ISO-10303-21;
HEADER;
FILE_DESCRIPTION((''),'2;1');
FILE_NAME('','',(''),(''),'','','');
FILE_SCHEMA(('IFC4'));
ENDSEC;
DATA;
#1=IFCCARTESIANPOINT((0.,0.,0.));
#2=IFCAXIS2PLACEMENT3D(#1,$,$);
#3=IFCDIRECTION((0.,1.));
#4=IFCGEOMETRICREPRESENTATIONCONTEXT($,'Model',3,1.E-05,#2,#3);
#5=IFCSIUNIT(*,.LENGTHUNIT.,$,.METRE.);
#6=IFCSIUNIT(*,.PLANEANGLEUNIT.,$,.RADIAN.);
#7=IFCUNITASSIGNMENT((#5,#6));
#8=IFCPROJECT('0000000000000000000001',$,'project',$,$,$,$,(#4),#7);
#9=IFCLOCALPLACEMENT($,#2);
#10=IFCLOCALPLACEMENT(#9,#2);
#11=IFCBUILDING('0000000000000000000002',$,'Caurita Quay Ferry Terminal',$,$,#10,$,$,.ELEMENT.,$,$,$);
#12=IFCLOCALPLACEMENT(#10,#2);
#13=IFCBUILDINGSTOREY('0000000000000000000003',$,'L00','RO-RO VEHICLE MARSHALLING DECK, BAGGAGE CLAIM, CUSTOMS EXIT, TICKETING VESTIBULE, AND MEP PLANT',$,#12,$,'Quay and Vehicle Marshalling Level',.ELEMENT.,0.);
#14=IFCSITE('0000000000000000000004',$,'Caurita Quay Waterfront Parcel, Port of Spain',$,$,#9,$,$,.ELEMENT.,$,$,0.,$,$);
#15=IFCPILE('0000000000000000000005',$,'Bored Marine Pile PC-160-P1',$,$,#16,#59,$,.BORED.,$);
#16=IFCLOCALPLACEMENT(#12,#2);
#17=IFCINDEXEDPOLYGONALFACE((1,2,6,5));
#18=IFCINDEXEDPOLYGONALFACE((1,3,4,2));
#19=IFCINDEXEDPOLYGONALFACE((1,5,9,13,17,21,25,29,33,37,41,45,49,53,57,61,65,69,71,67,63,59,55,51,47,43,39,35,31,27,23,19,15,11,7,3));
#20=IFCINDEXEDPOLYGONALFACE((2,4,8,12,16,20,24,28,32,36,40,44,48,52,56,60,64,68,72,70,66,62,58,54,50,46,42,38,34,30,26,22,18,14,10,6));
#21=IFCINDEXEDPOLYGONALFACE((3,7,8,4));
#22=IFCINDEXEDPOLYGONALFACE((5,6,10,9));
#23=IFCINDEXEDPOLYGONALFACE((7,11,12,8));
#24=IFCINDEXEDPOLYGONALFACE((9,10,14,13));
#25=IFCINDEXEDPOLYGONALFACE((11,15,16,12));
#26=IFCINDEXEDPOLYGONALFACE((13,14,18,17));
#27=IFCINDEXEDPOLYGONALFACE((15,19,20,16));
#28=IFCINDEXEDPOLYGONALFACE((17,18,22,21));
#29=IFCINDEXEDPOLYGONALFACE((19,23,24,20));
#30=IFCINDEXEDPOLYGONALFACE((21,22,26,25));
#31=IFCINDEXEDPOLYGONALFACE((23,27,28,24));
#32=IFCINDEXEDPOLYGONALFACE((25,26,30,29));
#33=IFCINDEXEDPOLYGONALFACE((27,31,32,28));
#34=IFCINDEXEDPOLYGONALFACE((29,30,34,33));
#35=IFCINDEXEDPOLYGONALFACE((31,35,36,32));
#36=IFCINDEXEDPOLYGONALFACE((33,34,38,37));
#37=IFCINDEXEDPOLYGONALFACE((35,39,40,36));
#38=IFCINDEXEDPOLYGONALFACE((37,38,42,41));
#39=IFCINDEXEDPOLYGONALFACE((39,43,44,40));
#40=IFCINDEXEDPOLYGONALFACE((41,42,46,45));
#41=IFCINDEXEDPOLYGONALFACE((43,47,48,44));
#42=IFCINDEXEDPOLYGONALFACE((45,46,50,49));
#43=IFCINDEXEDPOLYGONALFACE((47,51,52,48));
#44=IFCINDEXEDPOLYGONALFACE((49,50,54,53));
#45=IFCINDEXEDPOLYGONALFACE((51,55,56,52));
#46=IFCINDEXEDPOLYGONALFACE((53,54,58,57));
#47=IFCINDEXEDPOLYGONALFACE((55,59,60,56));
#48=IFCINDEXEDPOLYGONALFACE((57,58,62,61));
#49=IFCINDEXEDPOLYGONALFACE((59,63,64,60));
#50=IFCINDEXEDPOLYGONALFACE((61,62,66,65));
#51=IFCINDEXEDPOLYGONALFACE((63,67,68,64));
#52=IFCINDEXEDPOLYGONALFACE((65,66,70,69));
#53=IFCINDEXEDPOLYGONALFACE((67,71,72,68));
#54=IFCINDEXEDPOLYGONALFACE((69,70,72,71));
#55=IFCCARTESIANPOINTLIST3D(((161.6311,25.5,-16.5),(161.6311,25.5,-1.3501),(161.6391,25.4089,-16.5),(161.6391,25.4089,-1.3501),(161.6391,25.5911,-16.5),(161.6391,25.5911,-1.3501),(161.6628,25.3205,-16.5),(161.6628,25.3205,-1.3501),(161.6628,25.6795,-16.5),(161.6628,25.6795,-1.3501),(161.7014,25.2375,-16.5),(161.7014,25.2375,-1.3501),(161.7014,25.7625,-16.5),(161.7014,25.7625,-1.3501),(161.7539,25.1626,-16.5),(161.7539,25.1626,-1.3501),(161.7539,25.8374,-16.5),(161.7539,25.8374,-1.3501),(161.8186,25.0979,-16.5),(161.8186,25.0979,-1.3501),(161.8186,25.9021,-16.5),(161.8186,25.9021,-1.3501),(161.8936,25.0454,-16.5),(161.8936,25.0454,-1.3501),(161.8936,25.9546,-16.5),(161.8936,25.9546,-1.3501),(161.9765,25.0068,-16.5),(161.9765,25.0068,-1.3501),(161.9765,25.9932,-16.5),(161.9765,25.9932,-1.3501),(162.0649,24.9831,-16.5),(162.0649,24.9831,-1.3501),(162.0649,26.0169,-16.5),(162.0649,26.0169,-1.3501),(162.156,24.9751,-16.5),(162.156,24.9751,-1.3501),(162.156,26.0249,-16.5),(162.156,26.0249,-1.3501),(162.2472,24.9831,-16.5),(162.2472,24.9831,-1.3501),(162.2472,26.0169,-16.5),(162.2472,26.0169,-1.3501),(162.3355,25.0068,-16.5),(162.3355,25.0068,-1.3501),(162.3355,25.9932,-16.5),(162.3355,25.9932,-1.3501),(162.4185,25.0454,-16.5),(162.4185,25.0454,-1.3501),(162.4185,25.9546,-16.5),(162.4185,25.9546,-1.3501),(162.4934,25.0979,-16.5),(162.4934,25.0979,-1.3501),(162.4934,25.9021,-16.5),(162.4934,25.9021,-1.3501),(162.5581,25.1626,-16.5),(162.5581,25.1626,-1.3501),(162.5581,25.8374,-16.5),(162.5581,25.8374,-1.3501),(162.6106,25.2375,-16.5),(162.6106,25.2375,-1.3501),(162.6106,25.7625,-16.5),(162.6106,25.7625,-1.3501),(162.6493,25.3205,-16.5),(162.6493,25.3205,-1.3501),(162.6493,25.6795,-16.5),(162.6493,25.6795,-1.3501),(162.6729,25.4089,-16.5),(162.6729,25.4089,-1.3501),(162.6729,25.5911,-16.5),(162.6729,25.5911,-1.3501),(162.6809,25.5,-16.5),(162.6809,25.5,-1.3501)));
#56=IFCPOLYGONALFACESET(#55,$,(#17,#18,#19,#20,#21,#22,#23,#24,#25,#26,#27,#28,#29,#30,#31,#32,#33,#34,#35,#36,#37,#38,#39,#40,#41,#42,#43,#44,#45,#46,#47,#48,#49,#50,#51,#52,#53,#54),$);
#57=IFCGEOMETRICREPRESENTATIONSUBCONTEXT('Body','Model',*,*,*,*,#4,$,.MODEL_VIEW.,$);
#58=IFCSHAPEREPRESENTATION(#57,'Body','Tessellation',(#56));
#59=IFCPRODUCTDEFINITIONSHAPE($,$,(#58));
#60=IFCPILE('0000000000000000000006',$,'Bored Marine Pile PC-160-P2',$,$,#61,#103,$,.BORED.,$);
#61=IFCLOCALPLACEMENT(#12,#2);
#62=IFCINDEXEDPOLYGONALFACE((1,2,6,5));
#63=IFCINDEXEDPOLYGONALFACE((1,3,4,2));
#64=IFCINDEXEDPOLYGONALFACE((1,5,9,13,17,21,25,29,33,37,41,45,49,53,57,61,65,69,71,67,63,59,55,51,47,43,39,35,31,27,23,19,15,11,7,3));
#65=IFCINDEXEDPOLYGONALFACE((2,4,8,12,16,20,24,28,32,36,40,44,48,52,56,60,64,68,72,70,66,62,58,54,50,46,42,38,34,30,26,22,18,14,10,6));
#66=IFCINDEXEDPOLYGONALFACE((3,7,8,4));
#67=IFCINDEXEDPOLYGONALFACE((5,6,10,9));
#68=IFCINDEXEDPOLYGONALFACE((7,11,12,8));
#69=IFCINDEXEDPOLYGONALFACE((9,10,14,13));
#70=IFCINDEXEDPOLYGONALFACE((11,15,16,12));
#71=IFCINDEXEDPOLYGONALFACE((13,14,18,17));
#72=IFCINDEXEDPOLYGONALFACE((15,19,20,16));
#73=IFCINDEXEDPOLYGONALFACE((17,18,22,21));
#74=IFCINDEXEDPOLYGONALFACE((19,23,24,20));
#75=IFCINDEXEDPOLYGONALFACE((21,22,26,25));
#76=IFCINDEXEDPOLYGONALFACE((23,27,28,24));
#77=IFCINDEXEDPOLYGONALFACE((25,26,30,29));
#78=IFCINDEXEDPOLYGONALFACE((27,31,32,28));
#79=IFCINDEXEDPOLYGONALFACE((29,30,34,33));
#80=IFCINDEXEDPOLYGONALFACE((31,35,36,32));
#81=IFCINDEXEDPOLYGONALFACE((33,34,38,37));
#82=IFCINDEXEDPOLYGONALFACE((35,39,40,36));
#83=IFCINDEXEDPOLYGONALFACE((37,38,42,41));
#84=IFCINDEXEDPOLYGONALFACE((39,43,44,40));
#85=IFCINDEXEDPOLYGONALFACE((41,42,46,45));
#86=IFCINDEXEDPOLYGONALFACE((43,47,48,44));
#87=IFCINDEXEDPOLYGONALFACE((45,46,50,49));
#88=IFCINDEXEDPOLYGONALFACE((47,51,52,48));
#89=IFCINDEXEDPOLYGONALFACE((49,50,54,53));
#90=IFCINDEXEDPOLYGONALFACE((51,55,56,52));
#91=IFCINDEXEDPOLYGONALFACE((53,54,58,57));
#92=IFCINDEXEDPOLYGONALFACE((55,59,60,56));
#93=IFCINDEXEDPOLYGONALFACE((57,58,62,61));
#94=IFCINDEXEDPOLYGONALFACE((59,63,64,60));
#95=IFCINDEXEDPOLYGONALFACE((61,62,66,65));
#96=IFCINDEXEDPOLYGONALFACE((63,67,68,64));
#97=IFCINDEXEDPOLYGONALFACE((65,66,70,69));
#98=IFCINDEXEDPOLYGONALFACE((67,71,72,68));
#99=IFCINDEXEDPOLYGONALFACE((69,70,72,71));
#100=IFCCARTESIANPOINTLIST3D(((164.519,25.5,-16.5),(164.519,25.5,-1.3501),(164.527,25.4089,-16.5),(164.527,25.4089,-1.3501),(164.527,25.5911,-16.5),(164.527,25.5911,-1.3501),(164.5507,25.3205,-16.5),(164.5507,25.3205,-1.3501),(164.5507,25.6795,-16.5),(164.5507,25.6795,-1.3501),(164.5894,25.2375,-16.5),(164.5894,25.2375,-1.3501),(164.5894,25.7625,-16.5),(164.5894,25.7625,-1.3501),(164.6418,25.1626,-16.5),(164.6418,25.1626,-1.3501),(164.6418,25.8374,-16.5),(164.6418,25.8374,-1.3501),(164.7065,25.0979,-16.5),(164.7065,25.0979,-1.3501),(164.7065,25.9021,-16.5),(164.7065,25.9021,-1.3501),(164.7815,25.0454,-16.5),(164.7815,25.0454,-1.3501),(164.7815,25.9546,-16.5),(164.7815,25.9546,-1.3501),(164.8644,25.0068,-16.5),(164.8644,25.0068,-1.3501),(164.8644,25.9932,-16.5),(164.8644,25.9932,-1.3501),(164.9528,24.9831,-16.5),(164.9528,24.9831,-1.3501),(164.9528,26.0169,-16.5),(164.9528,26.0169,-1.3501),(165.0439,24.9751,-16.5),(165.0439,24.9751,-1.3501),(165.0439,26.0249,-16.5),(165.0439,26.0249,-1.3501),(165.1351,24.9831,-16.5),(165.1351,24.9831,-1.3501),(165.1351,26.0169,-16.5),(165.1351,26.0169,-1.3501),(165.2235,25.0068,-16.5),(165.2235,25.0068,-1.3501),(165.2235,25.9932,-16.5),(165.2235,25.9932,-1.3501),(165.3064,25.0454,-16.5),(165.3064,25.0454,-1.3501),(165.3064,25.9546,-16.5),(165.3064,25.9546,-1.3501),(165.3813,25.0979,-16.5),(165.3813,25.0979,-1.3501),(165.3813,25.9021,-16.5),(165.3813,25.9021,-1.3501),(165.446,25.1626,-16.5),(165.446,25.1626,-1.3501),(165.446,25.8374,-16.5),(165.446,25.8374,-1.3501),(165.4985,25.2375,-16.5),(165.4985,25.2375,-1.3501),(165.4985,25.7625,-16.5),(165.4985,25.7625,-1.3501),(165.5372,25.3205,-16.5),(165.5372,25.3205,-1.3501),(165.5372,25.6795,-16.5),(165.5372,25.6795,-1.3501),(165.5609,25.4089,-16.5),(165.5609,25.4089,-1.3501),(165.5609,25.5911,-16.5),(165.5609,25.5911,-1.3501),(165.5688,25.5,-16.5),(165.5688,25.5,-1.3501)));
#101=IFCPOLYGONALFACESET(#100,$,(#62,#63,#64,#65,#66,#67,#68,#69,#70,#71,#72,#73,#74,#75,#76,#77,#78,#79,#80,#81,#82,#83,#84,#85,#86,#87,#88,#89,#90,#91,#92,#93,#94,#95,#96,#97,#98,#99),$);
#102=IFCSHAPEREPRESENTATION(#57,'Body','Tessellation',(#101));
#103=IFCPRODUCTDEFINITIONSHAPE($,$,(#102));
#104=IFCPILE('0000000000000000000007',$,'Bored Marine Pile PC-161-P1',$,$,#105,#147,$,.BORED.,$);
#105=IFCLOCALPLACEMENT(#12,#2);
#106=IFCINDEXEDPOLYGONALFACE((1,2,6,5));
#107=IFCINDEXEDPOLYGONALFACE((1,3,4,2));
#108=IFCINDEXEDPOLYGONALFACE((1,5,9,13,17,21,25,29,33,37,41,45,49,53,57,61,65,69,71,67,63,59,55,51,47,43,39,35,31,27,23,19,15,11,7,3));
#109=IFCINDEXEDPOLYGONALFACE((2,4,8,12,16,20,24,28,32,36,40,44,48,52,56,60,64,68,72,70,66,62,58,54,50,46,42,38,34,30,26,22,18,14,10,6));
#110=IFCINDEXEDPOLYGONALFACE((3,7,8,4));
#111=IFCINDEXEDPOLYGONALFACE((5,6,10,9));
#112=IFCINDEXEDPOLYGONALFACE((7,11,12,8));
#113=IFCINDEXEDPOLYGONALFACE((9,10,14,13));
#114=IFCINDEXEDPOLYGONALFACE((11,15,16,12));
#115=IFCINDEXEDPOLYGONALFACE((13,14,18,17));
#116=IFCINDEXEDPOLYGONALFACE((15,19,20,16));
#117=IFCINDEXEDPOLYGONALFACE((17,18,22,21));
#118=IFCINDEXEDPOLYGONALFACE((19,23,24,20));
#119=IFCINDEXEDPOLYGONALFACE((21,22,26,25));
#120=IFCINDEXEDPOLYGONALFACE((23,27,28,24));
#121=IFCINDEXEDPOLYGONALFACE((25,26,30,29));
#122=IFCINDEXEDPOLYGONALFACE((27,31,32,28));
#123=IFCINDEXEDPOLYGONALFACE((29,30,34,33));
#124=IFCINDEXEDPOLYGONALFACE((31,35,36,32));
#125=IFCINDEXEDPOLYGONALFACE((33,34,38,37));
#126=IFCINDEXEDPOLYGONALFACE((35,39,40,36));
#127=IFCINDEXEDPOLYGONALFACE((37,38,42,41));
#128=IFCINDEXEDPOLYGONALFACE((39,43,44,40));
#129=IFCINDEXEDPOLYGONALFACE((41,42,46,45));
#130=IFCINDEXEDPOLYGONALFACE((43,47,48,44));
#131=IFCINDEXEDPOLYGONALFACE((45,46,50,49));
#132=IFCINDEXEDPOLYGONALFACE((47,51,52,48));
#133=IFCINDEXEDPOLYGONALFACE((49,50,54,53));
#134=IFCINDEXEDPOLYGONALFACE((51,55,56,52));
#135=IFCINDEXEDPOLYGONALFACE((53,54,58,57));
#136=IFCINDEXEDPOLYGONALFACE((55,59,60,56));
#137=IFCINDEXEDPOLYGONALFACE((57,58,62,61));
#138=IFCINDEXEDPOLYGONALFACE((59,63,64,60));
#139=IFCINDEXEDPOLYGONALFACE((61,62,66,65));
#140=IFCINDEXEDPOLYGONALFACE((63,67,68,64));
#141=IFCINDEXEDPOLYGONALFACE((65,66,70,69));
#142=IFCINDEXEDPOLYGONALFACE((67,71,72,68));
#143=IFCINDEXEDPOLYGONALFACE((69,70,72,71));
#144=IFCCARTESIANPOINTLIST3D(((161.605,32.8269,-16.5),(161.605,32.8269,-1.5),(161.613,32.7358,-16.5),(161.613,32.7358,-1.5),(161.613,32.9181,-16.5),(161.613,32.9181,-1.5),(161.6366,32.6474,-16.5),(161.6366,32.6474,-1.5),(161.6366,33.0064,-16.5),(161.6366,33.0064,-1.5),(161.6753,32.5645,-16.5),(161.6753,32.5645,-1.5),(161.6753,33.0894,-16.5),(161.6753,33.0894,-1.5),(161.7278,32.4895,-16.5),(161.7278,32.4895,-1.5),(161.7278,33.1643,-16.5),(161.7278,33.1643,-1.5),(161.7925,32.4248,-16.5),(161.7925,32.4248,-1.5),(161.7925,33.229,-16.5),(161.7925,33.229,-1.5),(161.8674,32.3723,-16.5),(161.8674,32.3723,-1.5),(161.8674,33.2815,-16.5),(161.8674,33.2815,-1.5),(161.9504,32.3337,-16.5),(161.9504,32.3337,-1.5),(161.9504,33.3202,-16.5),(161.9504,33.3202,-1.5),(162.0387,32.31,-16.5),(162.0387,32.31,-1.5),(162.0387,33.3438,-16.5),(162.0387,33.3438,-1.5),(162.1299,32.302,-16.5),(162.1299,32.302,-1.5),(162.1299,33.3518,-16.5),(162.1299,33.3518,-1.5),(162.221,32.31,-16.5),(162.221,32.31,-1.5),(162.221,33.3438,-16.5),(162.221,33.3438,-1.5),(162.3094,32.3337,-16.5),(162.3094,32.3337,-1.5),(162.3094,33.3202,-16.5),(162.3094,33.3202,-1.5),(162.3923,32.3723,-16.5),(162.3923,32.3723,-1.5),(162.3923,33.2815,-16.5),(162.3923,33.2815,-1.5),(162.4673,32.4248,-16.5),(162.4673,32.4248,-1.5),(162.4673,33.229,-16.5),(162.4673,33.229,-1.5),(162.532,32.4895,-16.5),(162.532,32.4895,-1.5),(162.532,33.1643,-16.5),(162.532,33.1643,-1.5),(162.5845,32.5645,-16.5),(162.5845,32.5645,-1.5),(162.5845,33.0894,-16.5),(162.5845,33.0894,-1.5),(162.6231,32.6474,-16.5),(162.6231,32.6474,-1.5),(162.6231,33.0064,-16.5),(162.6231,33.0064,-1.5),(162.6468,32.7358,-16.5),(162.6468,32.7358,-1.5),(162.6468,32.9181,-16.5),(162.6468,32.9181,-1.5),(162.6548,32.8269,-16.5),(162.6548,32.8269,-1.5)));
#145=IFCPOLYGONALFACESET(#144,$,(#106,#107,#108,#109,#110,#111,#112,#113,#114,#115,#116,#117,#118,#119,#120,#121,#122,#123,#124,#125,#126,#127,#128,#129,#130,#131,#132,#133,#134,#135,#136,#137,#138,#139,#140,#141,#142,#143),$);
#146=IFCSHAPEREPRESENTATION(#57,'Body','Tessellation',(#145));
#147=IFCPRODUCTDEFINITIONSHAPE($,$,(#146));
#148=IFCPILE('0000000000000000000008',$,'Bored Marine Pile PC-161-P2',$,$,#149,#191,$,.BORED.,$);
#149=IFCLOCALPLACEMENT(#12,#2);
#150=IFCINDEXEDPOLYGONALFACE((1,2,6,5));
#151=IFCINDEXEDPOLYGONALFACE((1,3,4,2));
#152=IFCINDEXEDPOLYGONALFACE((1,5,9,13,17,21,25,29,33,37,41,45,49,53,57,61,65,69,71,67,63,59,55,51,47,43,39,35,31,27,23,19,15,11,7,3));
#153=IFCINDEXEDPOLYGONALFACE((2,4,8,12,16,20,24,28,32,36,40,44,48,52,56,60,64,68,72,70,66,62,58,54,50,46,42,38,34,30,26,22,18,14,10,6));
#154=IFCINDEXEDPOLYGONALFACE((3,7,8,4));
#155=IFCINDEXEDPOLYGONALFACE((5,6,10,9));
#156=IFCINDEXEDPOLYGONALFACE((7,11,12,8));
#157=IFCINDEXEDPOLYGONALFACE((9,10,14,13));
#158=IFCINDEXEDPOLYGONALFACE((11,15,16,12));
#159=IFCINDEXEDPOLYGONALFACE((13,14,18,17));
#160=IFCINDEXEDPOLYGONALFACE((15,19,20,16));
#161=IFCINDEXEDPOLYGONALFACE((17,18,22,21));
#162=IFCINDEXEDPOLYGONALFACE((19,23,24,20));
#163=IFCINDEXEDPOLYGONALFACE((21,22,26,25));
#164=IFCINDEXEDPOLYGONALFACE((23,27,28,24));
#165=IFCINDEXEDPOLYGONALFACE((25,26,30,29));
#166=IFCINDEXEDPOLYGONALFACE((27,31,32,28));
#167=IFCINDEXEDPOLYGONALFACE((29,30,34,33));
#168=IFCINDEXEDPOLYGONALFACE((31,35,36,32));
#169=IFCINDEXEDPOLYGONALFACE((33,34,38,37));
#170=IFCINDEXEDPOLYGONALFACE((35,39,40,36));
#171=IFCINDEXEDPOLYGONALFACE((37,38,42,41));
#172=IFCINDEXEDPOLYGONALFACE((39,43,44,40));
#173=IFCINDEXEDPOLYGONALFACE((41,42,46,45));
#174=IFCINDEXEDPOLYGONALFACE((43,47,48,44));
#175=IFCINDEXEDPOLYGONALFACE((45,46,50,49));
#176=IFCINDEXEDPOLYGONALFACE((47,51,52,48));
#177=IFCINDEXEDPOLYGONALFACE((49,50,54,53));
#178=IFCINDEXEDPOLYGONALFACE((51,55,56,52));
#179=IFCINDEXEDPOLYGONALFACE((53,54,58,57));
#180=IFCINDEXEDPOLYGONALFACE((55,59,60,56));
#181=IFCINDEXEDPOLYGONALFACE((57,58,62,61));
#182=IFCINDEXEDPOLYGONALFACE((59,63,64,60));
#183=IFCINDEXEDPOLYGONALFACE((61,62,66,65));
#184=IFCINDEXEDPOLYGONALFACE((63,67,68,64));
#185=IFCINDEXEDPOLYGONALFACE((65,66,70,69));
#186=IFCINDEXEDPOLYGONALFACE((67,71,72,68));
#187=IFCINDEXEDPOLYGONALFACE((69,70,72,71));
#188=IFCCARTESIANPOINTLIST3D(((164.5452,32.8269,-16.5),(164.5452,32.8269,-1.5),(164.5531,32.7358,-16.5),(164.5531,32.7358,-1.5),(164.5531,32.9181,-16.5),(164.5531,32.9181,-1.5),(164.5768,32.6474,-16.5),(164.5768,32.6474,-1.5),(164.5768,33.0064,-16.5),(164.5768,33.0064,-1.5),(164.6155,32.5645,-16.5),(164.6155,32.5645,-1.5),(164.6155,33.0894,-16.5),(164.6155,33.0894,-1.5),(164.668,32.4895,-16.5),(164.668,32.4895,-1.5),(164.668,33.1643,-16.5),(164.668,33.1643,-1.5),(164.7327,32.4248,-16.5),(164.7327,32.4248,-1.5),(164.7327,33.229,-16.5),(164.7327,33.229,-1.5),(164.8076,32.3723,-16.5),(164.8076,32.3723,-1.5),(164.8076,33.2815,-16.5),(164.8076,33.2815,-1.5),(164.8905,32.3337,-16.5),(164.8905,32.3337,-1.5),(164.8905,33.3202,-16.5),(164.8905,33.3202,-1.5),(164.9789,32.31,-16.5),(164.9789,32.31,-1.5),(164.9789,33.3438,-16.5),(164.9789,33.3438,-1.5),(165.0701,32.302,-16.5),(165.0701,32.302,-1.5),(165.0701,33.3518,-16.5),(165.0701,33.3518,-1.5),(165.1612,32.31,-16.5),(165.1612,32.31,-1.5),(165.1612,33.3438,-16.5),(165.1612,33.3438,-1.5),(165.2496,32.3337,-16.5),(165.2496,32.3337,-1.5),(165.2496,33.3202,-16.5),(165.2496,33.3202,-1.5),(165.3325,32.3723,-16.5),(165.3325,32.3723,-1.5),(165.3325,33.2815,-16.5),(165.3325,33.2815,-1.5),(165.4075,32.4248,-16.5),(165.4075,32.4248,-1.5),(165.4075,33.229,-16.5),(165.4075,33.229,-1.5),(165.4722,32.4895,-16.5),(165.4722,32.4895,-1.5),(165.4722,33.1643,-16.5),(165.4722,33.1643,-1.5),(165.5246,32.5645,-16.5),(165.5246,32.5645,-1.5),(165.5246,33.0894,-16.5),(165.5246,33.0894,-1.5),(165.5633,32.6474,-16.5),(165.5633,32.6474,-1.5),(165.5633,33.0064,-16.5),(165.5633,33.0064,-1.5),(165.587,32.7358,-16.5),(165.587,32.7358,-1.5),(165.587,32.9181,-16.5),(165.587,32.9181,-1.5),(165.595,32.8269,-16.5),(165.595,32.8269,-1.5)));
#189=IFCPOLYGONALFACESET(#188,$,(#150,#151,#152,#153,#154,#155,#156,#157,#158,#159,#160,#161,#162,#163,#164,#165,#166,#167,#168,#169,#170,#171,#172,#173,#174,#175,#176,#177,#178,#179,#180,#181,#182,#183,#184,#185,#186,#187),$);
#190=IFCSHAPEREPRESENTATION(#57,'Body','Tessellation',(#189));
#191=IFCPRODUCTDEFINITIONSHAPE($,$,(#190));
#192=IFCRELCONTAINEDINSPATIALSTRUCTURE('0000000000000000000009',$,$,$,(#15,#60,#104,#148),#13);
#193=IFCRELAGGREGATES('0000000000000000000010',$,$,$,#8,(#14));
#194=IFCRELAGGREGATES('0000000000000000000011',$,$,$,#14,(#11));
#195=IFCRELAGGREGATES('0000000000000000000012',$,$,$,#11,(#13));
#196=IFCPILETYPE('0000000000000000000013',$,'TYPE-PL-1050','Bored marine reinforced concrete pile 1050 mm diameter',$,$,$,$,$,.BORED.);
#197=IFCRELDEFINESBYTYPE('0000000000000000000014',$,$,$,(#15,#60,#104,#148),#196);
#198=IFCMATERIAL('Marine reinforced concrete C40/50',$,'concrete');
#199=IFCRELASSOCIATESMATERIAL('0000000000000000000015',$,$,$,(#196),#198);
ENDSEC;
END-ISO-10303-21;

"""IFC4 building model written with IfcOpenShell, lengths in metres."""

from ifc_helpers import new_model, si_unit, direction, frame, origin, origin_2d, place, context, subcontext, project, spatial, circle, extrude, material, material_profile, profile_set, type_object, element, save


model = new_model("IFC4")

# Units and contexts
model_context = context("Model", 3, precision=1e-05, world=origin(), true_north=direction((0.0, 1.0)))
body_context = subcontext(model_context, "Body", "Model", "MODEL_VIEW")
ifc_project = project(units=[si_unit("LENGTHUNIT", "METRE"), si_unit("PLANEANGLEUNIT", "RADIAN")], contexts=[model_context])

# Site, building, storey
site_placement = place(None, origin())
site = spatial("IfcSite", under=ifc_project, at=site_placement, Name="Caurita Quay Waterfront Parcel, Port of Spain", CompositionType="ELEMENT", RefElevation=0.0)
building_placement = place(site_placement, origin())
building = spatial("IfcBuilding", under=site, at=building_placement, Name="Caurita Quay Ferry Terminal", CompositionType="ELEMENT")
storey_placement = place(building_placement, origin())
storey = spatial("IfcBuildingStorey", under=building, at=storey_placement, Name="L00", Description="RO-RO VEHICLE MARSHALLING DECK, BAGGAGE CLAIM, CUSTOMS EXIT, TICKETING VESTIBULE, AND MEP PLANT", LongName="Quay and Vehicle Marshalling Level", CompositionType="ELEMENT", Elevation=0.0)

# Piles
ifc_material_1 = material(Name="Marine reinforced concrete C40/50", Category="concrete")
ifc_material_profile_1 = material_profile(ifc_material_1, circle(Radius=0.5249, at=origin_2d()), Name="PILE-D1050")
ifc_profile_set_1 = profile_set([ifc_material_profile_1], Name="Marine reinforced concrete C40/50")
pile_type = type_object("IfcPileType", Name="TYPE-PL-1050", Description="Bored marine reinforced concrete pile 1050 mm diameter", PredefinedType="BORED", material=ifc_profile_set_1)
for number, where, z_axis, x_axis, name in (
    (1, (162.156, 25.5, -1.3501), (0.0, 0.0, -1.0), (1.0, 0.0, 0.0), "Bored Marine Pile PC-160-P1"),
    (2, (165.0439, 25.5, -1.3501), (0.0, 0.0, -1.0), (1.0, 0.0, 0.0), "Bored Marine Pile PC-160-P2"),
):
    element("IfcPile", number, at=place(storey_placement, frame(where, z_axis=z_axis, x_axis=x_axis)), inside=storey, type_object=pile_type, Name=name, PredefinedType="BORED", context=body_context, shape_type="SweptSolid", body=[
        extrude(circle(Radius=0.5249, at=origin_2d()), origin(), (0.0, 0.0, 1.0), 15.1499),
    ])
for number, where, z_axis, x_axis, name in (
    (3, (162.1299, 32.8269, -1.5), (0.0, 0.0, -1.0), (1.0, 0.0, 0.0), "Bored Marine Pile PC-161-P1"),
    (4, (165.0701, 32.8269, -1.5), (0.0, 0.0, -1.0), (1.0, 0.0, 0.0), "Bored Marine Pile PC-161-P2"),
):
    element("IfcPile", number, at=place(storey_placement, frame(where, z_axis=z_axis, x_axis=x_axis)), inside=storey, type_object=pile_type, Name=name, PredefinedType="BORED", context=body_context, shape_type="SweptSolid", body=[
        extrude(circle(Radius=0.5249, at=origin_2d()), origin(), (0.0, 0.0, 1.0), 15.0),
    ])

save(model, "model.ifc")
